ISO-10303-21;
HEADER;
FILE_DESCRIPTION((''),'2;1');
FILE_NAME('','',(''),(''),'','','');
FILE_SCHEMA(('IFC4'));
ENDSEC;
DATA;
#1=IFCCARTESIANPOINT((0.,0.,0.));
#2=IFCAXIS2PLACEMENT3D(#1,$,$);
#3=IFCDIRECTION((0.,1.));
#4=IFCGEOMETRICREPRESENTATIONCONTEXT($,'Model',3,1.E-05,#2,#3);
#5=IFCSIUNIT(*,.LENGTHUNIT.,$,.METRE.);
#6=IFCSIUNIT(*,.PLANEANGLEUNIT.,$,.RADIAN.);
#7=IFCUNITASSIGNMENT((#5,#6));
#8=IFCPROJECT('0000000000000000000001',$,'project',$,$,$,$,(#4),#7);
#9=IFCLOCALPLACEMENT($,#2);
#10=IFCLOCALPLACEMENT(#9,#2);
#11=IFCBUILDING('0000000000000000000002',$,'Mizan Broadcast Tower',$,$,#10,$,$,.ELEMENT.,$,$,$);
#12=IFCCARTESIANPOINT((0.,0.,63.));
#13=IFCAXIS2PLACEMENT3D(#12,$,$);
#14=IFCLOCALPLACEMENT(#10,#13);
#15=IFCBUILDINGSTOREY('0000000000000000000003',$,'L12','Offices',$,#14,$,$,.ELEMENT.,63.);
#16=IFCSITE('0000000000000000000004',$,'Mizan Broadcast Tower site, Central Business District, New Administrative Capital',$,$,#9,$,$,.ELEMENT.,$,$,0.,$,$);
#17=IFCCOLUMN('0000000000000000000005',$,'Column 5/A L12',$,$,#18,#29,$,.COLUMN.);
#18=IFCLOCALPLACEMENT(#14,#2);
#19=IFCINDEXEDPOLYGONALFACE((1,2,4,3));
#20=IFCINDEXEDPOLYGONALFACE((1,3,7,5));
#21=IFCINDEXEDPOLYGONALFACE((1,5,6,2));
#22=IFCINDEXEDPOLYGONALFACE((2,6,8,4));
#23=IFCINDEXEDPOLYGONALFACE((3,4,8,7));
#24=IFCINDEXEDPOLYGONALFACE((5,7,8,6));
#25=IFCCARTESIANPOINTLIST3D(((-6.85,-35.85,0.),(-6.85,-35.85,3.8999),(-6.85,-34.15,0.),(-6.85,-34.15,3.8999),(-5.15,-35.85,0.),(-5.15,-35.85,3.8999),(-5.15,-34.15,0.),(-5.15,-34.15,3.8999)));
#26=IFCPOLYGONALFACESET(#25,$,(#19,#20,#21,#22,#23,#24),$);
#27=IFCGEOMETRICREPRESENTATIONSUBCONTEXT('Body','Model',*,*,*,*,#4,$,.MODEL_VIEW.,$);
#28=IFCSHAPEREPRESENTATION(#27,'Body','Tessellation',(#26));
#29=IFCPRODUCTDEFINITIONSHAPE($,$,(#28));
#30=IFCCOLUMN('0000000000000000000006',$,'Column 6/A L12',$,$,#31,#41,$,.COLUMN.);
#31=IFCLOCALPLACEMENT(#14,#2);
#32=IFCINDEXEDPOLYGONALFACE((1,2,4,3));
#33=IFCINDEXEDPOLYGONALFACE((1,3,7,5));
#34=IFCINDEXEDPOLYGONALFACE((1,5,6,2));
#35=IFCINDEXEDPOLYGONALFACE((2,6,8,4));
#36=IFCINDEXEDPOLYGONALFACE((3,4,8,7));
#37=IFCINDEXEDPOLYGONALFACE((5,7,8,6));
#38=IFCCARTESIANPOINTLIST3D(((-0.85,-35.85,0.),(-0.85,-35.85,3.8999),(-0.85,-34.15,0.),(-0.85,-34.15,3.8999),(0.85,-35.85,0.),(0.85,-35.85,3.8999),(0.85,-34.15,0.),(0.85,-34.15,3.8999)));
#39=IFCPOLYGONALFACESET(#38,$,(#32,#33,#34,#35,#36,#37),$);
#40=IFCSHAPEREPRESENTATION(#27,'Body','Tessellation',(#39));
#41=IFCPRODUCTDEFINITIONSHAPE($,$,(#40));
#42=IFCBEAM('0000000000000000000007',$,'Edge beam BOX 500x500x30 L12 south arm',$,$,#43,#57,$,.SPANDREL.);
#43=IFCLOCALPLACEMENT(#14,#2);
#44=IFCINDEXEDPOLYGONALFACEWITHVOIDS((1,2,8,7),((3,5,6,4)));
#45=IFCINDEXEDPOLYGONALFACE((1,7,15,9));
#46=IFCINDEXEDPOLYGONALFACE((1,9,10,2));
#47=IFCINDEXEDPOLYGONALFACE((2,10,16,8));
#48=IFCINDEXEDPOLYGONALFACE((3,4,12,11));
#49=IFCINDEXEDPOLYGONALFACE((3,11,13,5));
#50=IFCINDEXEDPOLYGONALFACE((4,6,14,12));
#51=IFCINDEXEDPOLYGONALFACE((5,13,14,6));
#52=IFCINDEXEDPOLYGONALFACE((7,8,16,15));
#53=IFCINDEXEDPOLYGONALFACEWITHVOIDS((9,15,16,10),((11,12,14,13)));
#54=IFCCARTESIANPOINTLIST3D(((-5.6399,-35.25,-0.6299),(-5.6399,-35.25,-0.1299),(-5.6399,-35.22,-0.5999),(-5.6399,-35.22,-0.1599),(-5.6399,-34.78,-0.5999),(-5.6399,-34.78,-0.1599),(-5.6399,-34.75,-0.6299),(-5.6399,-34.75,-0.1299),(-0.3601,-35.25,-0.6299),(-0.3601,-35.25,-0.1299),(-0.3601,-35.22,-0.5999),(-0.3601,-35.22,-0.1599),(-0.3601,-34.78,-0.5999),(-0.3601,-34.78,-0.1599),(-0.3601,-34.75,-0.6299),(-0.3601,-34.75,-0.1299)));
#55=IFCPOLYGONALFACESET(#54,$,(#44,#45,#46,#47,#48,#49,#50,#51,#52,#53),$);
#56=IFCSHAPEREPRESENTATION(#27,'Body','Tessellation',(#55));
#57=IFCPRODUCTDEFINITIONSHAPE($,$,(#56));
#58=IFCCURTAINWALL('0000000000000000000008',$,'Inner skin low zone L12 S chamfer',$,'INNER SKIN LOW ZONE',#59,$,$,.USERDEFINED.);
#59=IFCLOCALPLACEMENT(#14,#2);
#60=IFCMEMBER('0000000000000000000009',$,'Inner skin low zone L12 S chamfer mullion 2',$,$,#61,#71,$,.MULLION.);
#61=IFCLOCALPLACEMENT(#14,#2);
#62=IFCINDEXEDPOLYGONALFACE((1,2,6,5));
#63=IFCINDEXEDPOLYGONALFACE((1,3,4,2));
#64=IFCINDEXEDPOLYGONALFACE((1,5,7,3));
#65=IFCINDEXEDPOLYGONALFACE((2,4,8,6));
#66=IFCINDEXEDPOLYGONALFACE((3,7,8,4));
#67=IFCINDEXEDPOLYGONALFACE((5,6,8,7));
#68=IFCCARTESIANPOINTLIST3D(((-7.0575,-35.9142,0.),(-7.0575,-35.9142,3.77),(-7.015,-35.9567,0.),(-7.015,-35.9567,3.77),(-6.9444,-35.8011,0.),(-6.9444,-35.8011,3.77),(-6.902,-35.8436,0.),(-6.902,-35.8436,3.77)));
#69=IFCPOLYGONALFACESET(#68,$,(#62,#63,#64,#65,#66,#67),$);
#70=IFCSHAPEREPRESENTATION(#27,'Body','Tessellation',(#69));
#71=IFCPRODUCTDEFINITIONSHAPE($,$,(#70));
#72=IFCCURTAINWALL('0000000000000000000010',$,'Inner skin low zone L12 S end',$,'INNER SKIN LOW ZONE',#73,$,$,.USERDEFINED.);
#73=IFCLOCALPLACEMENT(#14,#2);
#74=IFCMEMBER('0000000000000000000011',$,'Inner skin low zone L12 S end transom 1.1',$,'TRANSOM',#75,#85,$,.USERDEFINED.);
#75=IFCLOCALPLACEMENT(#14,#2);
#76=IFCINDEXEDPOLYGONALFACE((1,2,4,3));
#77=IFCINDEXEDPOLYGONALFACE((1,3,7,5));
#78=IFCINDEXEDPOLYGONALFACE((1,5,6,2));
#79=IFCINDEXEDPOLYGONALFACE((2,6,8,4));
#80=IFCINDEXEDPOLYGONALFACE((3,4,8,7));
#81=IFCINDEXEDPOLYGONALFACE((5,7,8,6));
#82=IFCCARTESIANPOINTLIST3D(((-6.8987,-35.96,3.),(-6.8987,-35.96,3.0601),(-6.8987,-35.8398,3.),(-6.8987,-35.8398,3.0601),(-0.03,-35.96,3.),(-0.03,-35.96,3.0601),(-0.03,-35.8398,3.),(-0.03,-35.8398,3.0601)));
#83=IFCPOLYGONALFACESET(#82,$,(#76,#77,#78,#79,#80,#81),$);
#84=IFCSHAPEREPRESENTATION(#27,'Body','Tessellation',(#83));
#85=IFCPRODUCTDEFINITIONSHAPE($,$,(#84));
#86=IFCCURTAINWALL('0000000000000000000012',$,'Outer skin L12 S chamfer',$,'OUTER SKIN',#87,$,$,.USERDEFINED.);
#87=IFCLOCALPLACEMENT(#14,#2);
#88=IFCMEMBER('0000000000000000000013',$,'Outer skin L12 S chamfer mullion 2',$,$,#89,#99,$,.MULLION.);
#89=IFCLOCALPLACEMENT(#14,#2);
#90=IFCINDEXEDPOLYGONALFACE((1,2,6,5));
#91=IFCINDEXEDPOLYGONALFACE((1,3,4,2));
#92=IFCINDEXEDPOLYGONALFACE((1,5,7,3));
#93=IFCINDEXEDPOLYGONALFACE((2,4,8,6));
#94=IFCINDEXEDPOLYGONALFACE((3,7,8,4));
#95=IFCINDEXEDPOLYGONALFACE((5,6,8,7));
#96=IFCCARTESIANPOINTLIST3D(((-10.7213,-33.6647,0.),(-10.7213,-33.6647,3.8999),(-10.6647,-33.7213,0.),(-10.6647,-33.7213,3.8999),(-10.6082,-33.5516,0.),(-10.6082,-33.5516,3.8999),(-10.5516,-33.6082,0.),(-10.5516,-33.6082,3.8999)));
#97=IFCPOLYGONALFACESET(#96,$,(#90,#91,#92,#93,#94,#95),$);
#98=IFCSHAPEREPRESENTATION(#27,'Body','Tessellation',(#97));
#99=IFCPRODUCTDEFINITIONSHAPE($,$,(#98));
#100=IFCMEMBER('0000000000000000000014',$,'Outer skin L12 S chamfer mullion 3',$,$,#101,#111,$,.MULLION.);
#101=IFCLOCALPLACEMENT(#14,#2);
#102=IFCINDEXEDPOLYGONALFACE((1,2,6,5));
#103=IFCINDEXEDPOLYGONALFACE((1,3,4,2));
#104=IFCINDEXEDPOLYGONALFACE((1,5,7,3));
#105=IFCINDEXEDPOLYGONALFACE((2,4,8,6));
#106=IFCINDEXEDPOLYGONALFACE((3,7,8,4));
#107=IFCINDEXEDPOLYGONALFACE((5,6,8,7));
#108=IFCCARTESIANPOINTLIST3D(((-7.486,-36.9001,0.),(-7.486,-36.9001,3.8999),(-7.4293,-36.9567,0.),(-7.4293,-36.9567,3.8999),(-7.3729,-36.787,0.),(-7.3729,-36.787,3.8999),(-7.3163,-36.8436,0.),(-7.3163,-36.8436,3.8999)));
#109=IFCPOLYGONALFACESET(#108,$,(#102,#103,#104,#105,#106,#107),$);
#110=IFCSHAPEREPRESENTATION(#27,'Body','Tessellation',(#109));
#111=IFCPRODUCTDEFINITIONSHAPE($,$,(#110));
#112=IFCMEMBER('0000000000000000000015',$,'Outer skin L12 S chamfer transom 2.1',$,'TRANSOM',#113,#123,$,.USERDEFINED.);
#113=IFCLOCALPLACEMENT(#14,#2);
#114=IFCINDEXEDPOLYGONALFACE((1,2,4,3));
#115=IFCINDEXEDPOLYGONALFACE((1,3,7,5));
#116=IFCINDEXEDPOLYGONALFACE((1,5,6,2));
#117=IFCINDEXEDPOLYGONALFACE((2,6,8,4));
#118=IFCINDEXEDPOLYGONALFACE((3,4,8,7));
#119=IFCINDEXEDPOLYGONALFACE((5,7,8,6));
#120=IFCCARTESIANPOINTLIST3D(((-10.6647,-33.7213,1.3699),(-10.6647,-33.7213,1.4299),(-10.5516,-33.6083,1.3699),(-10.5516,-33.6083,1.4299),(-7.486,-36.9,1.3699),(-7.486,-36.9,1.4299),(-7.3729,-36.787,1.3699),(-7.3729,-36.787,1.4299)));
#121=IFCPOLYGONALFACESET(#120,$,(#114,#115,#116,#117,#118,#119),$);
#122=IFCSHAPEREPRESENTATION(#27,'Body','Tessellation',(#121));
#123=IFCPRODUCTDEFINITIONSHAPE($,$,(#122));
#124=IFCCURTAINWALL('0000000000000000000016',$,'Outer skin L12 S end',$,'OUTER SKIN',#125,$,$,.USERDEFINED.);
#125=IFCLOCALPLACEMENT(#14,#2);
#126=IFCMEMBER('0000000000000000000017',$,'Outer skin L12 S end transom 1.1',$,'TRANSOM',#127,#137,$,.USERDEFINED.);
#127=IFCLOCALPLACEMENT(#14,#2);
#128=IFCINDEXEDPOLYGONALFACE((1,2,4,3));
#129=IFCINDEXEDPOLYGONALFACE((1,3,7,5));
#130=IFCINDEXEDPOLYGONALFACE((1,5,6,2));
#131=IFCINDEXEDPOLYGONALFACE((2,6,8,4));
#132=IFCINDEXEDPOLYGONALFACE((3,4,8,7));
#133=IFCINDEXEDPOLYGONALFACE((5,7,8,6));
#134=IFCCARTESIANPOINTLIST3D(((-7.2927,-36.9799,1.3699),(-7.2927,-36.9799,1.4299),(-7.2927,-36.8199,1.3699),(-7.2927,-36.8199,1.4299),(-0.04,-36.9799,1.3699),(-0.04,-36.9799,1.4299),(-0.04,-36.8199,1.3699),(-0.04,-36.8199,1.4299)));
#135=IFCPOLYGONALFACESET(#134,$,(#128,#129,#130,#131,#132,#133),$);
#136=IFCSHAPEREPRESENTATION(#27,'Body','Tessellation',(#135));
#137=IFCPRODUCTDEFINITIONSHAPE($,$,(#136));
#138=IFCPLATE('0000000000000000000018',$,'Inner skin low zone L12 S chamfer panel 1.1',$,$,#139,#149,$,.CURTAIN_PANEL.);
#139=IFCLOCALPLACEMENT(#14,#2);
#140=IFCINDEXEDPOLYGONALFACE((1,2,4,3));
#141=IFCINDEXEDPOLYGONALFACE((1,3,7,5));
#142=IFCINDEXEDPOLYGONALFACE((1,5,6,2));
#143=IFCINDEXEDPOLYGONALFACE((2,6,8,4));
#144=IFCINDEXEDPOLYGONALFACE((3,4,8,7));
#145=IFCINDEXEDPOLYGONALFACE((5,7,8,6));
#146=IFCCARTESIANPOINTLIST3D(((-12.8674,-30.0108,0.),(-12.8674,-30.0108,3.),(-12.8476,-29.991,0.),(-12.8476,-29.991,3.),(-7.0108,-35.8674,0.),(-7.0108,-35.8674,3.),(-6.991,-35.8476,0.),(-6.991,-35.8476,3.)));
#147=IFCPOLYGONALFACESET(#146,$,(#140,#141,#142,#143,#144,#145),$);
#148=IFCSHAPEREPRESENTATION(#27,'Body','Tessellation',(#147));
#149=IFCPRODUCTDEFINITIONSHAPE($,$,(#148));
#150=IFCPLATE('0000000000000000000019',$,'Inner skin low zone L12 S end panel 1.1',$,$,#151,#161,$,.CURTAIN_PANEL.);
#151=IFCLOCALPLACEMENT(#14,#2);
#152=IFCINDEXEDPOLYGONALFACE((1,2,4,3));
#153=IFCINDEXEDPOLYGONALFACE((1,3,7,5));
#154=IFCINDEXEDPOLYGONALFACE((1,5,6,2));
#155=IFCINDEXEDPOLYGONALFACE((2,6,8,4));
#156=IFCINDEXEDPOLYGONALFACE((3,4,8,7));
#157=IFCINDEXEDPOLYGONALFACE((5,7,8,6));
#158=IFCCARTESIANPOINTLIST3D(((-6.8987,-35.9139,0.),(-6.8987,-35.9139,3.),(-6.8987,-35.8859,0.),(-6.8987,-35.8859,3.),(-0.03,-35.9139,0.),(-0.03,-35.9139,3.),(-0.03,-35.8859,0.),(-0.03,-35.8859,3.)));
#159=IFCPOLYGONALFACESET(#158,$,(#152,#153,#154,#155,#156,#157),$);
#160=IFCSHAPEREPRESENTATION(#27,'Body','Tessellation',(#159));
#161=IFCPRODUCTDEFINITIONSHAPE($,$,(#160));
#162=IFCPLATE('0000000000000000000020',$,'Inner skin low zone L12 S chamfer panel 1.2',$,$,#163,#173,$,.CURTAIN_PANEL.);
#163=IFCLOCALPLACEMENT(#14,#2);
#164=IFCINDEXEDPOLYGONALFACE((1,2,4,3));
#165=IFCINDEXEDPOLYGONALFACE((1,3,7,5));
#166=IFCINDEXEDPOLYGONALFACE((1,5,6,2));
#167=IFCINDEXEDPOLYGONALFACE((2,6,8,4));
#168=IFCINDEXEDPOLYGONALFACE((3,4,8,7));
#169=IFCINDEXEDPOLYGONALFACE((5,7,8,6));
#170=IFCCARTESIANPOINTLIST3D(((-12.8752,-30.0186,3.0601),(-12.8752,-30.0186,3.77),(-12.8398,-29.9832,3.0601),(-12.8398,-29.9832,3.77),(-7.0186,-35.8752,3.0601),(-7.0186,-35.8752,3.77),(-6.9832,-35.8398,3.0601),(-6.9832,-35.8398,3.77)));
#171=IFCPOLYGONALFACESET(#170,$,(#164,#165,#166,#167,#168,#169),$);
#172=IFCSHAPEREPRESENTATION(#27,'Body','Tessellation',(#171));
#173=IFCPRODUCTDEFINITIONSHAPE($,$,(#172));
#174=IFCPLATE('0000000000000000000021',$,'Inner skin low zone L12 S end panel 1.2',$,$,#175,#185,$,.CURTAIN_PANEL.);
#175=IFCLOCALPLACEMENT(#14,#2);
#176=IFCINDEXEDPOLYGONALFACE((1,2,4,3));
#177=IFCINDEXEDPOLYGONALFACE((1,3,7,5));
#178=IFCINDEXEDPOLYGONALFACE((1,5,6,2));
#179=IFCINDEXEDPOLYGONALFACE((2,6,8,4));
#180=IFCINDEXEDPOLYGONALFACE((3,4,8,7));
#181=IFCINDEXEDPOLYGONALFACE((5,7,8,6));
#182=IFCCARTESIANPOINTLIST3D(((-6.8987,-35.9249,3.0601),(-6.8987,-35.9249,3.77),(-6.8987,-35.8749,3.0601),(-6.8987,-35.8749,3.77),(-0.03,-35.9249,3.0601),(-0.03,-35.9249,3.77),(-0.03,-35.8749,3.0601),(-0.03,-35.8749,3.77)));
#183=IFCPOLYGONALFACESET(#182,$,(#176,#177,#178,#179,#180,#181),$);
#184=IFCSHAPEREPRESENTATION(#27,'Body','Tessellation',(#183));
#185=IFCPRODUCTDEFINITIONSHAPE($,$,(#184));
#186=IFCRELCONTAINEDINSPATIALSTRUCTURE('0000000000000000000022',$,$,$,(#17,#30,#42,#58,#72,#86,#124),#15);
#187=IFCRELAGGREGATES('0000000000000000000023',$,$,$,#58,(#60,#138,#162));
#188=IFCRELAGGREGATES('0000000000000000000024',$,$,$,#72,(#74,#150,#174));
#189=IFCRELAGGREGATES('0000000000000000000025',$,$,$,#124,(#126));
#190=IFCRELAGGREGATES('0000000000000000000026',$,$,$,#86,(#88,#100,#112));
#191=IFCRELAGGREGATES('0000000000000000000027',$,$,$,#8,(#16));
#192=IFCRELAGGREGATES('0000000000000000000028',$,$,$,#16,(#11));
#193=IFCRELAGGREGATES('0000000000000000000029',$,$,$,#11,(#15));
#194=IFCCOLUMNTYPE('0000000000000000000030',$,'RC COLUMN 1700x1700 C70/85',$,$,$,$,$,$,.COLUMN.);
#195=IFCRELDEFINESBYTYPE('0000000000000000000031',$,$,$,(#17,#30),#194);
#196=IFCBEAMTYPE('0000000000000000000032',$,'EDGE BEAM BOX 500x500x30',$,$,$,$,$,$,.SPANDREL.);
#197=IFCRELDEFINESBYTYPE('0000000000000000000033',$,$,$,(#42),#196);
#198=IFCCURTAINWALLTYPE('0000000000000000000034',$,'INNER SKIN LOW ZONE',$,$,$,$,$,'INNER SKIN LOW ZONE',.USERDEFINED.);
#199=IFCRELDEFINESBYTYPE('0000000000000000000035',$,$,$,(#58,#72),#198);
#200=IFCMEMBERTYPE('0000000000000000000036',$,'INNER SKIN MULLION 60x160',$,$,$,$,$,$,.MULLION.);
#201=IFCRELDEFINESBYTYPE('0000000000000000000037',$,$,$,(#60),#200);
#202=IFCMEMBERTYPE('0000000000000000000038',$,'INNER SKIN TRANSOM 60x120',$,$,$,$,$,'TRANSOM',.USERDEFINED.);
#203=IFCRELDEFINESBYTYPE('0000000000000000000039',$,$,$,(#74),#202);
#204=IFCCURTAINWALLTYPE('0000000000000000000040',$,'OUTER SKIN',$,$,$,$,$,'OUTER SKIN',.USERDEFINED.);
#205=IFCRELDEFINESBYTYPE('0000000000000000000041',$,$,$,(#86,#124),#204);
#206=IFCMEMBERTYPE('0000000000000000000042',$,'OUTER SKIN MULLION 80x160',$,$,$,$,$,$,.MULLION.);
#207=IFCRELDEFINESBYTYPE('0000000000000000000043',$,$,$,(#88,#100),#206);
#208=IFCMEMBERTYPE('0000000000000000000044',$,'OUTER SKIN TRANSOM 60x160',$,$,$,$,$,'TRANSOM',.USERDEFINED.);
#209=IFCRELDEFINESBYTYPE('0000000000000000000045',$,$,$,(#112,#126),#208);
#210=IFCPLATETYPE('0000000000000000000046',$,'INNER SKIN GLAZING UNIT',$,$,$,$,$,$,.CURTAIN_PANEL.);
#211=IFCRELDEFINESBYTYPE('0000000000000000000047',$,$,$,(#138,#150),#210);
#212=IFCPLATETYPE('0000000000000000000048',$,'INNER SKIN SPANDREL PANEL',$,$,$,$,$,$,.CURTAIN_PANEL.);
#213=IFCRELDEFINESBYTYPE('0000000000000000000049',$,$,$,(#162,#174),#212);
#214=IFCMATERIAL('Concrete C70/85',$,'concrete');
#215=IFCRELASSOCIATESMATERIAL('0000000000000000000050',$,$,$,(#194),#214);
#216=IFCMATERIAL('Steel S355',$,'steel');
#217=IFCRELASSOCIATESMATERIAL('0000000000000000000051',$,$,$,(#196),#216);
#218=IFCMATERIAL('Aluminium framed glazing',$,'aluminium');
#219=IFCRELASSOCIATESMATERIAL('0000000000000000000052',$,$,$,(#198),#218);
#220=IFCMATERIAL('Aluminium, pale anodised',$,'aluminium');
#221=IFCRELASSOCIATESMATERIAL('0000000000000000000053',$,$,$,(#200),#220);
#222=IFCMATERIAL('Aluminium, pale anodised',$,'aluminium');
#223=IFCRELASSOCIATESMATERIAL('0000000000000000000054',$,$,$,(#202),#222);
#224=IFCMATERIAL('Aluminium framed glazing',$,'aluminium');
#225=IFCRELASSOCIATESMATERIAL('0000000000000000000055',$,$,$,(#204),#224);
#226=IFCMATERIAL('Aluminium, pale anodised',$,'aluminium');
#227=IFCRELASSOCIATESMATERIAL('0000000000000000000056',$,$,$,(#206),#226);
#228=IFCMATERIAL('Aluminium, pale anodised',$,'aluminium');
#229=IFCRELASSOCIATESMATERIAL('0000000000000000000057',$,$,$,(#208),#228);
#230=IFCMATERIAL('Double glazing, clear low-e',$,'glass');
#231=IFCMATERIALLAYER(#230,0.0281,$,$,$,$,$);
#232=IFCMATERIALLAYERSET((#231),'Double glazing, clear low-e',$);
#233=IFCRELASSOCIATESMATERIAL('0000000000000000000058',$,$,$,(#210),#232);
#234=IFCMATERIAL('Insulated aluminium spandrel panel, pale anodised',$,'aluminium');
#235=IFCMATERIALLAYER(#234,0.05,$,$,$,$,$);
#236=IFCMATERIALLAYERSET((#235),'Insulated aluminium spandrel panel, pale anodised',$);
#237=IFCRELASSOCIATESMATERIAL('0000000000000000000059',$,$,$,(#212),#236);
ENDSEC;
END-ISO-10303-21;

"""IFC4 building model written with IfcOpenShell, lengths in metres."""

from ifc_helpers import new_model, si_unit, direction, frame, origin, origin_2d, place, context, subcontext, project, spatial, rectangle, hollow_rectangle, extrude, material, layer, layer_set, material_profile, profile_set, type_object, element, aggregate, save


model = new_model("IFC4")

# Units and contexts
model_context = context("Model", 3, precision=1e-05, world=origin(), true_north=direction((0.0, 1.0)))
body_context = subcontext(model_context, "Body", "Model", "MODEL_VIEW")
ifc_project = project(units=[si_unit("LENGTHUNIT", "METRE"), si_unit("PLANEANGLEUNIT", "RADIAN")], contexts=[model_context])

# Site, building, storey
site_placement = place(None, origin())
site = spatial("IfcSite", under=ifc_project, at=site_placement, Name="Mizan Broadcast Tower site, Central Business District, New Administrative Capital", CompositionType="ELEMENT", RefElevation=0.0)
building_placement = place(site_placement, origin())
building = spatial("IfcBuilding", under=site, at=building_placement, Name="Mizan Broadcast Tower", CompositionType="ELEMENT")
storey_placement = place(building_placement, frame((0.0, 0.0, 63.0)))
storey = spatial("IfcBuildingStorey", under=building, at=storey_placement, Name="L12", Description="Offices", CompositionType="ELEMENT", Elevation=63.0)

# Columns
ifc_material_1 = material(Name="Concrete C70/85", Category="concrete")
ifc_material_profile_1 = material_profile(ifc_material_1, rectangle(XDim=1.7, YDim=1.7, at=origin_2d()), Name="RC 1700x1700")
ifc_profile_set_1 = profile_set([ifc_material_profile_1], Name="Concrete C70/85")
column_type = type_object("IfcColumnType", Name="RC COLUMN 1700x1700 C70/85", PredefinedType="COLUMN", material=ifc_profile_set_1)
for number, where, z_axis, x_axis, name in (
    (1, (-6.0, -35.0, 0.0), (0.0, 0.0, 1.0), (1.0, 0.0, 0.0), "Column 5/A L12"),
    (2, (0.0, -35.0, 0.0), (0.0, 0.0, 1.0), (1.0, 0.0, 0.0), "Column 6/A L12"),
):
    element("IfcColumn", number, at=place(storey_placement, frame(where, z_axis=z_axis, x_axis=x_axis)), inside=storey, type_object=column_type, Name=name, PredefinedType="COLUMN", context=body_context, shape_type="SweptSolid", body=[
        extrude(rectangle(XDim=1.7, YDim=1.7, at=origin_2d()), origin(), (0.0, 0.0, 1.0), 3.8999),
    ])

# Beam
ifc_material_2 = material(Name="Steel S355", Category="steel")
ifc_material_profile_2 = material_profile(ifc_material_2, hollow_rectangle(XDim=0.5, YDim=0.5, WallThickness=0.03, at=origin_2d()), Name="BOX 500x500x30")
ifc_profile_set_2 = profile_set([ifc_material_profile_2], Name="Steel S355")
beam_type = type_object("IfcBeamType", Name="EDGE BEAM BOX 500x500x30", PredefinedType="SPANDREL", material=ifc_profile_set_2)
beam_placement = place(storey_placement, frame((-5.6399, -35.0, -0.3799), z_axis=(1.0, 0.0, 0.0), x_axis=(0.0, 1.0, 0.0)))
element("IfcBeam", 3, at=beam_placement, inside=storey, type_object=beam_type, Name="Edge beam BOX 500x500x30 L12 south arm", PredefinedType="SPANDREL", context=body_context, shape_type="SweptSolid", body=[
    extrude(hollow_rectangle(XDim=0.5, YDim=0.5, WallThickness=0.03, at=origin_2d()), origin(), (0.0, 0.0, 1.0), 5.2798),
])

# Curtain walls, members
ifc_material_3 = material(Name="Aluminium framed glazing", Category="aluminium")
curtain_wall_type_1 = type_object("IfcCurtainWallType", Name="INNER SKIN LOW ZONE", ElementType="INNER SKIN LOW ZONE", PredefinedType="USERDEFINED", material=ifc_material_3)
curtain_wall_1_placement = place(storey_placement, origin())
curtain_wall_1 = element("IfcCurtainWall", 4, at=curtain_wall_1_placement, inside=storey, type_object=curtain_wall_type_1, Name="Inner skin low zone L12 S chamfer", ObjectType="INNER SKIN LOW ZONE", PredefinedType="USERDEFINED")
ifc_material_4 = material(Name="Aluminium, pale anodised", Category="aluminium")
ifc_material_profile_3 = material_profile(ifc_material_4, rectangle(XDim=0.1599, YDim=0.0601, at=origin_2d()), Name="MULLION 160x60")
ifc_profile_set_3 = profile_set([ifc_material_profile_3], Name="Aluminium, pale anodised")
member_type_1 = type_object("IfcMemberType", Name="INNER SKIN MULLION 60x160", PredefinedType="MULLION", material=ifc_profile_set_3)
member_1_placement = place(storey_placement, frame((-6.9797, -35.8789, 0.0), z_axis=(0.0, 0.0, 1.0), x_axis=(0.707107, 0.707107, 0.0)))
member_1 = element("IfcMember", 5, at=member_1_placement, type_object=member_type_1, Name="Inner skin low zone L12 S chamfer mullion 2", PredefinedType="MULLION", context=body_context, shape_type="SweptSolid", body=[
    extrude(rectangle(XDim=0.1599, YDim=0.0601, at=origin_2d()), origin(), (0.0, 0.0, 1.0), 3.77),
])
curtain_wall_2_placement = place(storey_placement, origin())
curtain_wall_2 = element("IfcCurtainWall", 6, at=curtain_wall_2_placement, inside=storey, type_object=curtain_wall_type_1, Name="Inner skin low zone L12 S end", ObjectType="INNER SKIN LOW ZONE", PredefinedType="USERDEFINED")
ifc_material_5 = material(Name="Aluminium, pale anodised", Category="aluminium")
ifc_material_profile_4 = material_profile(ifc_material_5, rectangle(XDim=0.1201, YDim=0.0601, at=origin_2d()), Name="TRANSOM 120x60")
ifc_profile_set_4 = profile_set([ifc_material_profile_4], Name="Aluminium, pale anodised")
member_type_2 = type_object("IfcMemberType", Name="INNER SKIN TRANSOM 60x120", ElementType="TRANSOM", PredefinedType="USERDEFINED", material=ifc_profile_set_4)
member_2_placement = place(storey_placement, frame((-6.8987, -35.8999, 3.03), z_axis=(1.0, 0.0, 0.0), x_axis=(0.0, 1.0, 0.0)))
member_2 = element("IfcMember", 7, at=member_2_placement, type_object=member_type_2, Name="Inner skin low zone L12 S end transom 1.1", ObjectType="TRANSOM", PredefinedType="USERDEFINED", context=body_context, shape_type="SweptSolid", body=[
    extrude(rectangle(XDim=0.1201, YDim=0.0601, at=origin_2d()), origin(), (0.0, 0.0, 1.0), 6.8687),
])

# Curtain wall, members
ifc_material_6 = material(Name="Aluminium framed glazing", Category="aluminium")
curtain_wall_type_2 = type_object("IfcCurtainWallType", Name="OUTER SKIN", ElementType="OUTER SKIN", PredefinedType="USERDEFINED", material=ifc_material_6)
curtain_wall_3_placement = place(storey_placement, origin())
curtain_wall_3 = element("IfcCurtainWall", 8, at=curtain_wall_3_placement, inside=storey, type_object=curtain_wall_type_2, Name="Outer skin L12 S chamfer", ObjectType="OUTER SKIN", PredefinedType="USERDEFINED")
ifc_material_7 = material(Name="Aluminium, pale anodised", Category="aluminium")
ifc_material_profile_5 = material_profile(ifc_material_7, rectangle(XDim=0.1599, YDim=0.0801, at=origin_2d()), Name="MULLION 160x80")
ifc_profile_set_5 = profile_set([ifc_material_profile_5], Name="Aluminium, pale anodised")
member_type_3 = type_object("IfcMemberType", Name="OUTER SKIN MULLION 80x160", PredefinedType="MULLION", material=ifc_profile_set_5)
member_3_placement = place(storey_placement, frame((-10.6365, -33.6365, 0.0), z_axis=(0.0, 0.0, 1.0), x_axis=(0.707107, 0.707107, 0.0)))
member_3 = element("IfcMember", 9, at=member_3_placement, type_object=member_type_3, Name="Outer skin L12 S chamfer mullion 2", PredefinedType="MULLION", context=body_context, shape_type="SweptSolid", body=[
    extrude(rectangle(XDim=0.1599, YDim=0.0801, at=origin_2d()), origin(), (0.0, 0.0, 1.0), 3.8999),
])
member_4_placement = place(storey_placement, frame((-7.4011, -36.8718, 0.0), z_axis=(0.0, 0.0, 1.0), x_axis=(0.707107, 0.707107, 0.0)))
member_4 = element("IfcMember", 10, at=member_4_placement, type_object=member_type_3, Name="Outer skin L12 S chamfer mullion 3", PredefinedType="MULLION", context=body_context, shape_type="SweptSolid", body=[
    extrude(rectangle(XDim=0.1599, YDim=0.0801, at=origin_2d()), origin(), (0.0, 0.0, 1.0), 3.8999),
])
ifc_material_8 = material(Name="Aluminium, pale anodised", Category="aluminium")
ifc_material_profile_6 = material_profile(ifc_material_8, rectangle(XDim=0.1599, YDim=0.0601, at=origin_2d()), Name="TRANSOM 160x60")
ifc_profile_set_6 = profile_set([ifc_material_profile_6], Name="Aluminium, pale anodised")
member_type_4 = type_object("IfcMemberType", Name="OUTER SKIN TRANSOM 60x160", ElementType="TRANSOM", PredefinedType="USERDEFINED", material=ifc_profile_set_6)
member_5_placement = place(storey_placement, frame((-10.6082, -33.6648, 1.3999), z_axis=(0.707107, -0.707107, 0.0), x_axis=(0.707107, 0.707107, 0.0)))
member_5 = element("IfcMember", 11, at=member_5_placement, type_object=member_type_4, Name="Outer skin L12 S chamfer transom 2.1", ObjectType="TRANSOM", PredefinedType="USERDEFINED", context=body_context, shape_type="SweptSolid", body=[
    extrude(rectangle(XDim=0.1599, YDim=0.0601, at=origin_2d()), origin(), (0.0, 0.0, 1.0), 4.4954),
])

# Curtain wall, member
curtain_wall_4_placement = place(storey_placement, origin())
curtain_wall_4 = element("IfcCurtainWall", 12, at=curtain_wall_4_placement, inside=storey, type_object=curtain_wall_type_2, Name="Outer skin L12 S end", ObjectType="OUTER SKIN", PredefinedType="USERDEFINED")
member_6_placement = place(storey_placement, frame((-7.2927, -36.8999, 1.3999), z_axis=(1.0, 0.0, 0.0), x_axis=(0.0, 1.0, 0.0)))
member_6 = element("IfcMember", 13, at=member_6_placement, type_object=member_type_4, Name="Outer skin L12 S end transom 1.1", ObjectType="TRANSOM", PredefinedType="USERDEFINED", context=body_context, shape_type="SweptSolid", body=[
    extrude(rectangle(XDim=0.1599, YDim=0.0601, at=origin_2d()), origin(), (0.0, 0.0, 1.0), 7.2527),
])

# Plates
ifc_material_9 = material(Name="Double glazing, clear low-e", Category="glass")
ifc_layer_1 = layer(ifc_material_9, 0.0281)
ifc_layer_set_1 = layer_set([ifc_layer_1], Name="Double glazing, clear low-e")
plate_type_1 = type_object("IfcPlateType", Name="INNER SKIN GLAZING UNIT", PredefinedType="CURTAIN_PANEL", material=ifc_layer_set_1)
plate_1_placement = place(storey_placement, frame((-9.9292, -32.9292, 0.0), z_axis=(0.0, 0.0, 1.0), x_axis=(0.707107, -0.707107, 0.0)))
plate_1 = element("IfcPlate", 14, at=plate_1_placement, type_object=plate_type_1, Name="Inner skin low zone L12 S chamfer panel 1.1", PredefinedType="CURTAIN_PANEL", context=body_context, shape_type="SweptSolid", body=[
    extrude(rectangle(XDim=8.2825, YDim=0.0281, at=origin_2d()), origin(), (0.0, 0.0, 1.0), 3.0),
])
plate_2_placement = place(storey_placement, frame((-3.4644, -35.8999, 0.0), z_axis=(0.0, 0.0, 1.0), x_axis=(1.0, 0.0, 0.0)))
plate_2 = element("IfcPlate", 15, at=plate_2_placement, type_object=plate_type_1, Name="Inner skin low zone L12 S end panel 1.1", PredefinedType="CURTAIN_PANEL", context=body_context, shape_type="SweptSolid", body=[
    extrude(rectangle(XDim=6.8687, YDim=0.0281, at=origin_2d()), origin(), (0.0, 0.0, 1.0), 3.0),
])
ifc_material_10 = material(Name="Insulated aluminium spandrel panel, pale anodised", Category="aluminium")
ifc_layer_2 = layer(ifc_material_10, 0.05)
ifc_layer_set_2 = layer_set([ifc_layer_2], Name="Insulated aluminium spandrel panel, pale anodised")
plate_type_2 = type_object("IfcPlateType", Name="INNER SKIN SPANDREL PANEL", PredefinedType="CURTAIN_PANEL", material=ifc_layer_set_2)
plate_3_placement = place(storey_placement, frame((-9.9292, -32.9292, 3.0601), z_axis=(0.0, 0.0, 1.0), x_axis=(0.707107, -0.707107, 0.0)))
plate_3 = element("IfcPlate", 16, at=plate_3_placement, type_object=plate_type_2, Name="Inner skin low zone L12 S chamfer panel 1.2", PredefinedType="CURTAIN_PANEL", context=body_context, shape_type="SweptSolid", body=[
    extrude(rectangle(XDim=8.2825, YDim=0.05, at=origin_2d()), origin(), (0.0, 0.0, 1.0), 0.71),
])
aggregate(curtain_wall_1, [member_1, plate_1, plate_3])
plate_4_placement = place(storey_placement, frame((-3.4644, -35.8999, 3.0601), z_axis=(0.0, 0.0, 1.0), x_axis=(1.0, 0.0, 0.0)))
plate_4 = element("IfcPlate", 17, at=plate_4_placement, type_object=plate_type_2, Name="Inner skin low zone L12 S end panel 1.2", PredefinedType="CURTAIN_PANEL", context=body_context, shape_type="SweptSolid", body=[
    extrude(rectangle(XDim=6.8687, YDim=0.05, at=origin_2d()), origin(), (0.0, 0.0, 1.0), 0.71),
])
aggregate(curtain_wall_2, [member_2, plate_2, plate_4])
aggregate(curtain_wall_4, [member_6])
aggregate(curtain_wall_3, [member_3, member_4, member_5])

save(model, "model.ifc")
